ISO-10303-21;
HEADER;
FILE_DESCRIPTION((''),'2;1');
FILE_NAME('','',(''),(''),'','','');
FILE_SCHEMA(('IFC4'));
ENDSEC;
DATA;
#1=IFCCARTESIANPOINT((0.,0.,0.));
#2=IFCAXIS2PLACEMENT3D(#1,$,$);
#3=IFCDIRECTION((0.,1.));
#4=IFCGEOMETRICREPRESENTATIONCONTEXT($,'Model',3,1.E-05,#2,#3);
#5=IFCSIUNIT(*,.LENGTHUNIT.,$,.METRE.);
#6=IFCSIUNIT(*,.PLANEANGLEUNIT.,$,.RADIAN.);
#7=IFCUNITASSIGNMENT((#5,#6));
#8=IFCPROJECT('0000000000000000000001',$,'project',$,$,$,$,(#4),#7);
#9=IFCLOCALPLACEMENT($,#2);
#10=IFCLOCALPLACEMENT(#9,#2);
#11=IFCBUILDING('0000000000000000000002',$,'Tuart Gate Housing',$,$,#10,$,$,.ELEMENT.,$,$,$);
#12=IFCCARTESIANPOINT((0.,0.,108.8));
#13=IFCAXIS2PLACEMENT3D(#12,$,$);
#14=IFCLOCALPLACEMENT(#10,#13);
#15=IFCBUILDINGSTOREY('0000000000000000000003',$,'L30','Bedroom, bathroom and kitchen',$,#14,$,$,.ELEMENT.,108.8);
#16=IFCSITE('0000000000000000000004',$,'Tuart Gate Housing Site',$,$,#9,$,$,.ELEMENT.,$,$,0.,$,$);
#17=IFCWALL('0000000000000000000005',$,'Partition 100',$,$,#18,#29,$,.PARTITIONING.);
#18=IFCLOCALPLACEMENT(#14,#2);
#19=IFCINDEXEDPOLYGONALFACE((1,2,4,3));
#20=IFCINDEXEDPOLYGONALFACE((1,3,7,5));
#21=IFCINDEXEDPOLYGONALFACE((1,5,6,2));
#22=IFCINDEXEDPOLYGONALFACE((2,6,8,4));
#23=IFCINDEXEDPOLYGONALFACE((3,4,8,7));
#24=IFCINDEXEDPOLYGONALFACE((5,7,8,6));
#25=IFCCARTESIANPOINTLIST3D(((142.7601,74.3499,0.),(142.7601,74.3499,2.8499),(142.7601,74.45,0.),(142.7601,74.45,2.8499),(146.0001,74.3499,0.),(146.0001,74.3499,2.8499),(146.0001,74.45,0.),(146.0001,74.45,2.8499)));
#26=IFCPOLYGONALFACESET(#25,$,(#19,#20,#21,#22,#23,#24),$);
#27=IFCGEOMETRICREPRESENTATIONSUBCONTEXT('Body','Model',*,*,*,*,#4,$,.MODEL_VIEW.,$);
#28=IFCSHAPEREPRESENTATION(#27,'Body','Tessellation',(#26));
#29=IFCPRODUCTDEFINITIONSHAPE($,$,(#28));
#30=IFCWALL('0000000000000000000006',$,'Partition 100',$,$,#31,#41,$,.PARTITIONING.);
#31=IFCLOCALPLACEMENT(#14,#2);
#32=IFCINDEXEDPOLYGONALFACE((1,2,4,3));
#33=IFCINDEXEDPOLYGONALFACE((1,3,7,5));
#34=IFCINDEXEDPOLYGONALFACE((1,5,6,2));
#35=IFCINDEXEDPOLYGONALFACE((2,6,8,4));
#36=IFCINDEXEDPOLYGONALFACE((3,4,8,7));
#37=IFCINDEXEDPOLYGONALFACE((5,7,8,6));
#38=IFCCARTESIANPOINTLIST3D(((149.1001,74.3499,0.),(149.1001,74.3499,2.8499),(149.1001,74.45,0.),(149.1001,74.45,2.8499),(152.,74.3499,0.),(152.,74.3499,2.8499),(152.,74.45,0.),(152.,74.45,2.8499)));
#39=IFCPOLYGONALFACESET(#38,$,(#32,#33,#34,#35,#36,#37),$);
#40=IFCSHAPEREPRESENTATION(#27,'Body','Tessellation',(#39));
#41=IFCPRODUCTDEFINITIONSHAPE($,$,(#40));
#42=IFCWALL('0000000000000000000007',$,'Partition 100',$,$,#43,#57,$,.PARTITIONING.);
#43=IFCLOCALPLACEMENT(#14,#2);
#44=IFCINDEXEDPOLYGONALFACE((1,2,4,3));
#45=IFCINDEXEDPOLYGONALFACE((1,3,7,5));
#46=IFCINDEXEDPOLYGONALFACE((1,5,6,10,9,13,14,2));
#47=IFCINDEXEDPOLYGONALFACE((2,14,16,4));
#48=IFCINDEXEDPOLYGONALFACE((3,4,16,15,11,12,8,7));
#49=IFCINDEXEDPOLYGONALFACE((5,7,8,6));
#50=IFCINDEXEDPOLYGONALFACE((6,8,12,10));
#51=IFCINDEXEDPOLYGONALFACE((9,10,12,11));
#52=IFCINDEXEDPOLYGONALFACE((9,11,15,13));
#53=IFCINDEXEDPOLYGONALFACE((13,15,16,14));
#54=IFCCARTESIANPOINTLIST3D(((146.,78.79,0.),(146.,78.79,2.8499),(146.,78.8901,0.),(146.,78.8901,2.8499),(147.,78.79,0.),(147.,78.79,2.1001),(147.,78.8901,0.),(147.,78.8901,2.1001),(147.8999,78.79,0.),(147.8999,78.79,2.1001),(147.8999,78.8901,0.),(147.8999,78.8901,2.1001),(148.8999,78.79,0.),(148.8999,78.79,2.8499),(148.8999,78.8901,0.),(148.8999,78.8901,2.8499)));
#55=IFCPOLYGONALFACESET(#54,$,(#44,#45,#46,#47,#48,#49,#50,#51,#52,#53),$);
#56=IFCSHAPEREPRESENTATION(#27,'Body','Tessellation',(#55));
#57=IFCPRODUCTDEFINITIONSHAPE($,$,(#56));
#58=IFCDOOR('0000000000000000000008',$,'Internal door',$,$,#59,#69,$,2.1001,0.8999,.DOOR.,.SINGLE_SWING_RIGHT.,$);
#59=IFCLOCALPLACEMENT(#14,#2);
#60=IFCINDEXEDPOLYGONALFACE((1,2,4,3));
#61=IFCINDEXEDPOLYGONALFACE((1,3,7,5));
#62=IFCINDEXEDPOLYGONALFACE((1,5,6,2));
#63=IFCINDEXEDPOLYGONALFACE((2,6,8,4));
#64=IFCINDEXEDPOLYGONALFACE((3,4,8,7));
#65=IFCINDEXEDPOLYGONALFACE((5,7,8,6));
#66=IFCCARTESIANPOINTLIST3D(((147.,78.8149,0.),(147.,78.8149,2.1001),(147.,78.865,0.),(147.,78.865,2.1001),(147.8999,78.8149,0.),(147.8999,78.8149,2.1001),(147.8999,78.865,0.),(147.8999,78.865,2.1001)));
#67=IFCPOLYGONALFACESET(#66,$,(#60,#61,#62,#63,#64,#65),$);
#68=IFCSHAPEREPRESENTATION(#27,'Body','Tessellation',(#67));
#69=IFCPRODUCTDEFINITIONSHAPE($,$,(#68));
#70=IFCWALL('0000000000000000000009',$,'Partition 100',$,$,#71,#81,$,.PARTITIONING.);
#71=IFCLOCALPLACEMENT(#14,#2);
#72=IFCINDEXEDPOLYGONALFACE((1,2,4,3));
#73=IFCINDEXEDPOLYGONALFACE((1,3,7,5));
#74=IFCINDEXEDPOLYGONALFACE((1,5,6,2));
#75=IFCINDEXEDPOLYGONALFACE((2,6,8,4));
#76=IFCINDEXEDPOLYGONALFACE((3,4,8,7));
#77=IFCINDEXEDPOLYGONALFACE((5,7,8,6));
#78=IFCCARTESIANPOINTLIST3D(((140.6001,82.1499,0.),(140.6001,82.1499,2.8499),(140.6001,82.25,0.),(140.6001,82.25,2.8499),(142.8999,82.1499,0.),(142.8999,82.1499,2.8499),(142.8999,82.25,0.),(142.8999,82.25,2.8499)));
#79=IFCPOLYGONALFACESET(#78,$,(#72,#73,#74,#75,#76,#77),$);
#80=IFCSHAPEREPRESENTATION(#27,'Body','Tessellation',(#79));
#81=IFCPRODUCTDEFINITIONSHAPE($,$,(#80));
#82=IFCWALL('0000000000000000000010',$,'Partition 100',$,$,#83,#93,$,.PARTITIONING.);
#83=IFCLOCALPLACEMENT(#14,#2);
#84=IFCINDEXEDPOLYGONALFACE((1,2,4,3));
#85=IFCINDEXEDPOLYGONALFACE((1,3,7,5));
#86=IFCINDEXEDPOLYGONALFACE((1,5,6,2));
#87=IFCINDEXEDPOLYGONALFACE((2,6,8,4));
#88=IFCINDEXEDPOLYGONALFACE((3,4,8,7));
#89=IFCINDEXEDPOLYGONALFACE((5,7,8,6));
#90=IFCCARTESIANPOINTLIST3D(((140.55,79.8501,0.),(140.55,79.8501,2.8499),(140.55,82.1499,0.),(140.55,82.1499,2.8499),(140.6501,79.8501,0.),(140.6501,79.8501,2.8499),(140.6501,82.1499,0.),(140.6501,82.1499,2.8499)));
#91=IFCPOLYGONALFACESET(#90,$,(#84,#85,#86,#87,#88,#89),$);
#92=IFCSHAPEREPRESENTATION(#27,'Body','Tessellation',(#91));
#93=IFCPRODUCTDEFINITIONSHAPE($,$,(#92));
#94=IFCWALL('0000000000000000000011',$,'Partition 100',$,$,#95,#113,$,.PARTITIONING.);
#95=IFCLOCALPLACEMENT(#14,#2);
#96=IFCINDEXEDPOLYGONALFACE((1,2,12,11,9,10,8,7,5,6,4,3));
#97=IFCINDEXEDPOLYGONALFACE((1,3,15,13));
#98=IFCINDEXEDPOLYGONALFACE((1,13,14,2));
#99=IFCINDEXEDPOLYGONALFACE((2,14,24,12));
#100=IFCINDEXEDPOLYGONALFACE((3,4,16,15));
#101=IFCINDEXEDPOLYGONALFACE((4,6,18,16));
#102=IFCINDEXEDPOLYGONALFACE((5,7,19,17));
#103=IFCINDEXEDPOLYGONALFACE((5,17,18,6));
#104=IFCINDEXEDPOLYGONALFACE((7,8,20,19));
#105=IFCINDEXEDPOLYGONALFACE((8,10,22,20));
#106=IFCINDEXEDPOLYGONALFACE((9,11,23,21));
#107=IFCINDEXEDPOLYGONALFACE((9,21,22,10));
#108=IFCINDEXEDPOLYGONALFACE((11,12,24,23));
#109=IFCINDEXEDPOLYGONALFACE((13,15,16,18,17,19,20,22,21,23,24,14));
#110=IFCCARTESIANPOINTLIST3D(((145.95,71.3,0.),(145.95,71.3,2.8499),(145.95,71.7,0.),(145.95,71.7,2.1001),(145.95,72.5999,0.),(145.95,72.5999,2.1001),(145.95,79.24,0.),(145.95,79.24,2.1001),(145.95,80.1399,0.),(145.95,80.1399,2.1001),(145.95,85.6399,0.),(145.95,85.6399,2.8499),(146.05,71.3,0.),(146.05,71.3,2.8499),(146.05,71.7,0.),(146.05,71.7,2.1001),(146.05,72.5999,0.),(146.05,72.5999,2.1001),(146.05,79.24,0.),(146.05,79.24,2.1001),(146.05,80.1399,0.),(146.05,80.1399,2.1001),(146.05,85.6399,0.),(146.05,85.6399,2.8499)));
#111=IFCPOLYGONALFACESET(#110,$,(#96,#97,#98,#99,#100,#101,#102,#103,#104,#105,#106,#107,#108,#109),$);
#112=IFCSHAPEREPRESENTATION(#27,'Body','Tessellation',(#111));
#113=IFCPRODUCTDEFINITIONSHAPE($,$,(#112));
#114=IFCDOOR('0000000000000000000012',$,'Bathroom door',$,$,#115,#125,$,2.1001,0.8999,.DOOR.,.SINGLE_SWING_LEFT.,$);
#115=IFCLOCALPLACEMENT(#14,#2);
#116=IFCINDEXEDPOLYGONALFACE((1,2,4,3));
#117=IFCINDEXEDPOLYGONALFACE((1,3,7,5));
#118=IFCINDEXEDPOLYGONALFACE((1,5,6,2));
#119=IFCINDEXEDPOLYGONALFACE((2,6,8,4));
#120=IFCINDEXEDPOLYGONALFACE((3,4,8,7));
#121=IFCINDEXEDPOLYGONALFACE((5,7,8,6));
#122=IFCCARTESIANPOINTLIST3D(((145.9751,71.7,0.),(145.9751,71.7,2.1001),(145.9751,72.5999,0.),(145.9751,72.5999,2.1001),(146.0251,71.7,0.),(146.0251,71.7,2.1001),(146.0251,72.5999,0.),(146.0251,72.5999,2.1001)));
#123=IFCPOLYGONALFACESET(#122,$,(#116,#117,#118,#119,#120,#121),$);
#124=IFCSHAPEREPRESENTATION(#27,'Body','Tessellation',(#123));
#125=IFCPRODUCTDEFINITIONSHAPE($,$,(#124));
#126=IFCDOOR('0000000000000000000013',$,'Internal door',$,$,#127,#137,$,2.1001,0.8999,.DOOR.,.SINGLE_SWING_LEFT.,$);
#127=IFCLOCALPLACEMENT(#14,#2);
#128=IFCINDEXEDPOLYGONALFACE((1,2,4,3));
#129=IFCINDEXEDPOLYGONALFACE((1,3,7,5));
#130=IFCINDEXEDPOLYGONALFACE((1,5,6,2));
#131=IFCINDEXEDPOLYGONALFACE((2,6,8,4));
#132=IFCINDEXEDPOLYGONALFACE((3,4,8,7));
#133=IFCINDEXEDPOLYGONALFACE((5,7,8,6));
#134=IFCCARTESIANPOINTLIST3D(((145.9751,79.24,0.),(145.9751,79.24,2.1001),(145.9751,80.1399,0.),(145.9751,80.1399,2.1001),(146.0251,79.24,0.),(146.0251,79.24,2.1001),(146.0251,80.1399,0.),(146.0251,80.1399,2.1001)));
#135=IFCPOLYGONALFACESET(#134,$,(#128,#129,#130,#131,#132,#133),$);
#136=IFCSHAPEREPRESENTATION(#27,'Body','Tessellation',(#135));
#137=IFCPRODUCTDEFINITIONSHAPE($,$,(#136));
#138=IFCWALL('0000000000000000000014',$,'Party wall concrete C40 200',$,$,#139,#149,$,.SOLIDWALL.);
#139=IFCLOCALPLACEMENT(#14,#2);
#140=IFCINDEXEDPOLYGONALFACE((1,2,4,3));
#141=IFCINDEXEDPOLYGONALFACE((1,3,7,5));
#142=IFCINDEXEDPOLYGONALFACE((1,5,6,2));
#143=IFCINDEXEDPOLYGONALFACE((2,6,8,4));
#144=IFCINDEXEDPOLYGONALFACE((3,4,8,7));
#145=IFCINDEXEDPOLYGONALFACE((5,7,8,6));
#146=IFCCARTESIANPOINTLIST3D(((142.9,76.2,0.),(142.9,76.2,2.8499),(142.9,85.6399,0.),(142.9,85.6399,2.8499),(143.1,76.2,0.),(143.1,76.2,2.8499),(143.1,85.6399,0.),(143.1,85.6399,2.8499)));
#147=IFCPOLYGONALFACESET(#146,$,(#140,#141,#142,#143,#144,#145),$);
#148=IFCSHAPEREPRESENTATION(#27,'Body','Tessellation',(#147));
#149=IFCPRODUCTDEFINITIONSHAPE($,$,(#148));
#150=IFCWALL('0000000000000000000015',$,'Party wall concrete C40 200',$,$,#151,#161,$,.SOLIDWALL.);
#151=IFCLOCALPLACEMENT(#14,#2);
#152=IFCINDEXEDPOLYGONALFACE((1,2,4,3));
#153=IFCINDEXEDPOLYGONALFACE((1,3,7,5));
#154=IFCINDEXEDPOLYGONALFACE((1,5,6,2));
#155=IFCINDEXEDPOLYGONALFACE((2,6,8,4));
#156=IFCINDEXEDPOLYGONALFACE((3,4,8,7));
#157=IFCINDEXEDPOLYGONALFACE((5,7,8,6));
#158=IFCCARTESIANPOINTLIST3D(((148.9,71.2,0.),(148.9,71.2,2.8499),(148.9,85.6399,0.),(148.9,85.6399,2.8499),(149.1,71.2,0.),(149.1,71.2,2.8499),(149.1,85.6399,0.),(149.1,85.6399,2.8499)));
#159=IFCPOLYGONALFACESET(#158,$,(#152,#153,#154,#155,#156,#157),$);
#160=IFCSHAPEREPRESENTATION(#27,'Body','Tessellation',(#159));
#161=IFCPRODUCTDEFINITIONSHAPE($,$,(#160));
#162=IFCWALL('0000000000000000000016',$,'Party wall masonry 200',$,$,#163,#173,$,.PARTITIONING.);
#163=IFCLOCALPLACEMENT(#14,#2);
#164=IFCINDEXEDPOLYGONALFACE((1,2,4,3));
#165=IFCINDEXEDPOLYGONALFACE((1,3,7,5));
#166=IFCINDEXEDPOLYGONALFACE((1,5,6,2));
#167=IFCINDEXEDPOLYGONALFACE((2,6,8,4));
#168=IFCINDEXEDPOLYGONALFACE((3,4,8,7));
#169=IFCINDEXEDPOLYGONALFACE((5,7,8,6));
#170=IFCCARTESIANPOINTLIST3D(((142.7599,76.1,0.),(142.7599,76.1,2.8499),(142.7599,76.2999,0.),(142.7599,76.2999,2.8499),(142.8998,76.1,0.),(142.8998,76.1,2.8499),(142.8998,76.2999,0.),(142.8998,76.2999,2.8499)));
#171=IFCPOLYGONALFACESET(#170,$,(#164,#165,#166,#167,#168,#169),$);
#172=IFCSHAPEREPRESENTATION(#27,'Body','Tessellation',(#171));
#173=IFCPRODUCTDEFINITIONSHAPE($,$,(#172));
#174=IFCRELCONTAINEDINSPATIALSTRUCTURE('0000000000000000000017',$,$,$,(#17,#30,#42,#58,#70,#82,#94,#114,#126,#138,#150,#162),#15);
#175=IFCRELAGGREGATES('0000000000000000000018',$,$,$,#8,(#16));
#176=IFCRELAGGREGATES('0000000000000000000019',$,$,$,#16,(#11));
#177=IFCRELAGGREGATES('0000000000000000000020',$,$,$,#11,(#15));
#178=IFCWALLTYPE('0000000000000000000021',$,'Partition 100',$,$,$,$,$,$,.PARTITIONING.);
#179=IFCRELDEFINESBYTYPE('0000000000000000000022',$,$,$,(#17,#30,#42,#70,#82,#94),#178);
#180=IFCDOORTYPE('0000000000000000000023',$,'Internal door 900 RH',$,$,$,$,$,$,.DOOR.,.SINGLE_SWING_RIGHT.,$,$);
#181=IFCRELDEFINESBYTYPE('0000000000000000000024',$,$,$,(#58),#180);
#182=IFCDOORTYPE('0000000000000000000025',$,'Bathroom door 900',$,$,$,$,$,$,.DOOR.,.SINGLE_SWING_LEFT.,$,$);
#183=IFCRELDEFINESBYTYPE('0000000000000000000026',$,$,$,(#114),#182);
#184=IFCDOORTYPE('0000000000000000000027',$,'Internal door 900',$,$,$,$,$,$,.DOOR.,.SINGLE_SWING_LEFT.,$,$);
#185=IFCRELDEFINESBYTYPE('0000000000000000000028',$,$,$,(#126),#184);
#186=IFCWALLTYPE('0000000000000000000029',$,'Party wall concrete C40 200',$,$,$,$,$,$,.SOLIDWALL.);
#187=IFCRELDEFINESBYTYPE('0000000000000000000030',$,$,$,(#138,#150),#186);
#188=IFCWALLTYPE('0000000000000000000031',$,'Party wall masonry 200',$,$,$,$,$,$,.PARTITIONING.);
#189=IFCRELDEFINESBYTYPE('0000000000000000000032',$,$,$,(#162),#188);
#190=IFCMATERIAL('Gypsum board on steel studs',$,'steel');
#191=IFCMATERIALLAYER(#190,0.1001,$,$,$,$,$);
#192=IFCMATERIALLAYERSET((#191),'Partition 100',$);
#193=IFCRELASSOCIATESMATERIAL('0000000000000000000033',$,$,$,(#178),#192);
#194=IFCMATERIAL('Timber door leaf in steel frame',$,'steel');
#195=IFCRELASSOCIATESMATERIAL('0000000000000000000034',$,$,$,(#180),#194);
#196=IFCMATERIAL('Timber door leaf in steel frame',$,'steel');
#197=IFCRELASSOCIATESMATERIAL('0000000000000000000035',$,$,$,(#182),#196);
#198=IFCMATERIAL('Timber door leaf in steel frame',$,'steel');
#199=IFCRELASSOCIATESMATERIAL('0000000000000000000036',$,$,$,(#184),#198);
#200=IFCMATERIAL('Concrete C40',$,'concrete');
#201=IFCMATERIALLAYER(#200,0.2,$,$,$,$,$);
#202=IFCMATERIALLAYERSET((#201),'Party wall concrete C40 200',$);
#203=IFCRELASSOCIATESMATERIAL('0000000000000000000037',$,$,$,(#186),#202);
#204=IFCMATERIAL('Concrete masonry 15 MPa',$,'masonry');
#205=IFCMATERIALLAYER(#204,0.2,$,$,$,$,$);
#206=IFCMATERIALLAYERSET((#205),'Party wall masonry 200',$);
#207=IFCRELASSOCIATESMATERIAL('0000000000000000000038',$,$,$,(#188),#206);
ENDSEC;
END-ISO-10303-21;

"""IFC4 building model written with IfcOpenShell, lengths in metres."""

from ifc_helpers import new_model, si_unit, direction, frame, frame_2d, origin, place, context, subcontext, project, spatial, rectangle, extrude, material, layer, layer_set, type_object, element, fill, save


model = new_model("IFC4")

# Units and contexts
model_context = context("Model", 3, precision=1e-05, world=origin(), true_north=direction((0.0, 1.0)))
body_context = subcontext(model_context, "Body", "Model", "MODEL_VIEW")
ifc_project = project(units=[si_unit("LENGTHUNIT", "METRE"), si_unit("PLANEANGLEUNIT", "RADIAN")], contexts=[model_context])

# Site, building, storey
site_placement = place(None, origin())
site = spatial("IfcSite", under=ifc_project, at=site_placement, Name="Tuart Gate Housing Site", CompositionType="ELEMENT", RefElevation=0.0)
building_placement = place(site_placement, origin())
building = spatial("IfcBuilding", under=site, at=building_placement, Name="Tuart Gate Housing", CompositionType="ELEMENT")
storey_placement = place(building_placement, frame((0.0, 0.0, 108.8)))
storey = spatial("IfcBuildingStorey", under=building, at=storey_placement, Name="L30", Description="Bedroom, bathroom and kitchen", CompositionType="ELEMENT", Elevation=108.8)

# Walls
ifc_material_1 = material(Name="Gypsum board on steel studs", Category="steel")
ifc_layer_1 = layer(ifc_material_1, 0.1001)
ifc_layer_set_1 = layer_set([ifc_layer_1], Name="Partition 100")
wall_type_1 = type_object("IfcWallType", Name="Partition 100", PredefinedType="PARTITIONING", material=ifc_layer_set_1)
wall_1_placement = place(storey_placement, frame((142.76, 74.3999, 0.0), z_axis=(0.0, 0.0, 1.0), x_axis=(1.0, 0.0, 0.0)))
element("IfcWall", 1, at=wall_1_placement, inside=storey, type_object=wall_type_1, Name="Partition 100", PredefinedType="PARTITIONING", context=body_context, shape_type="SweptSolid", body=[
    extrude(rectangle(XDim=3.24, YDim=0.1001, at=frame_2d((1.6201, 0.0))), origin(), (0.0, 0.0, 1.0), 2.8499),
])
wall_2_placement = place(storey_placement, frame((149.1001, 74.3999, 0.0), z_axis=(0.0, 0.0, 1.0), x_axis=(1.0, 0.0, 0.0)))
element("IfcWall", 2, at=wall_2_placement, inside=storey, type_object=wall_type_1, Name="Partition 100", PredefinedType="PARTITIONING", context=body_context, shape_type="SweptSolid", body=[
    extrude(rectangle(XDim=2.8999, YDim=0.1001, at=frame_2d((1.45, 0.0))), origin(), (0.0, 0.0, 1.0), 2.8499),
])

# Wall, opening, door
wall_3_placement = place(storey_placement, frame((146.0, 78.8401, 0.0), z_axis=(0.0, 0.0, 1.0), x_axis=(1.0, 0.0, 0.0)))
wall_3 = element("IfcWall", 3, at=wall_3_placement, inside=storey, type_object=wall_type_1, Name="Partition 100", PredefinedType="PARTITIONING", context=body_context, shape_type="SweptSolid", body=[
    extrude(rectangle(XDim=2.8999, YDim=0.1001, at=frame_2d((1.45, 0.0))), origin(), (0.0, 0.0, 1.0), 2.8499),
])
opening_1_placement = place(wall_3_placement, frame((1.0, 0.0, 0.0)))
opening_1 = element("IfcOpeningElement", 4, at=opening_1_placement, cuts=wall_3, PredefinedType="OPENING", context=body_context, shape_type="SweptSolid", body=[
    extrude(rectangle(XDim=0.8999, YDim=2.1001, at=frame_2d((0.45, 1.05))), frame((0.0, 0.0601, 0.0), z_axis=(0.0, -1.0, 0.0), x_axis=(1.0, 0.0, 0.0)), (0.0, 0.0, 1.0), 0.1201),
])
ifc_material_2 = material(Name="Timber door leaf in steel frame", Category="steel")
door_type_1 = type_object("IfcDoorType", Name="Internal door 900 RH", OperationType="SINGLE_SWING_RIGHT", PredefinedType="DOOR", material=ifc_material_2)
door_1_placement = place(opening_1_placement, frame((0.8999, 0.0, 0.0), z_axis=(0.0, 0.0, 1.0), x_axis=(-1.0, 0.0, 0.0)))
door_1 = element("IfcDoor", 5, at=door_1_placement, inside=storey, type_object=door_type_1, Name="Internal door", OperationType="SINGLE_SWING_RIGHT", OverallHeight=2.1001, OverallWidth=0.8999, PredefinedType="DOOR", context=body_context, shape_type="SweptSolid", body=[
    extrude(rectangle(XDim=0.8999, YDim=2.1001, at=frame_2d((0.45, 1.05))), frame((0.0, 0.0251, 0.0), z_axis=(0.0, -1.0, 0.0), x_axis=(1.0, 0.0, 0.0)), (0.0, 0.0, 1.0), 0.05),
])
fill(opening_1, door_1)

# Walls
for number, where, z_axis, x_axis, name in (
    (6, (140.6001, 82.2, 0.0), (0.0, 0.0, 1.0), (1.0, 0.0, 0.0), "Partition 100"),
    (7, (140.6001, 79.8501, 0.0), (0.0, 0.0, 1.0), (0.0, 1.0, 0.0), "Partition 100"),
):
    element("IfcWall", number, at=place(storey_placement, frame(where, z_axis=z_axis, x_axis=x_axis)), inside=storey, type_object=wall_type_1, Name=name, PredefinedType="PARTITIONING", context=body_context, shape_type="SweptSolid", body=[
        extrude(rectangle(XDim=2.2998, YDim=0.1001, at=frame_2d((1.1499, 0.0))), origin(), (0.0, 0.0, 1.0), 2.8499),
    ])

# Wall, openings, doors
wall_4_placement = place(storey_placement, frame((146.0, 71.3, 0.0), z_axis=(0.0, 0.0, 1.0), x_axis=(0.0, 1.0, 0.0)))
wall_4 = element("IfcWall", 8, at=wall_4_placement, inside=storey, type_object=wall_type_1, Name="Partition 100", PredefinedType="PARTITIONING", context=body_context, shape_type="SweptSolid", body=[
    extrude(rectangle(XDim=14.3398, YDim=0.1001, at=frame_2d((7.1699, 0.0))), origin(), (0.0, 0.0, 1.0), 2.8499),
])
opening_2_placement = place(wall_4_placement, frame((7.9399, 0.0, 0.0)))
opening_2 = element("IfcOpeningElement", 9, at=opening_2_placement, cuts=wall_4, PredefinedType="OPENING", context=body_context, shape_type="SweptSolid", body=[
    extrude(rectangle(XDim=0.8999, YDim=2.1001, at=frame_2d((0.45, 1.05))), frame((0.0, 0.0601, 0.0), z_axis=(0.0, -1.0, 0.0), x_axis=(1.0, 0.0, 0.0)), (0.0, 0.0, 1.0), 0.1201),
])
opening_3_placement = place(wall_4_placement, frame((0.3999, 0.0, 0.0)))
opening_3 = element("IfcOpeningElement", 10, at=opening_3_placement, cuts=wall_4, PredefinedType="OPENING", context=body_context, shape_type="SweptSolid", body=[
    extrude(rectangle(XDim=0.8999, YDim=2.1001, at=frame_2d((0.45, 1.05))), frame((0.0, 0.0601, 0.0), z_axis=(0.0, -1.0, 0.0), x_axis=(1.0, 0.0, 0.0)), (0.0, 0.0, 1.0), 0.1201),
])
ifc_material_3 = material(Name="Timber door leaf in steel frame", Category="steel")
door_type_2 = type_object("IfcDoorType", Name="Bathroom door 900", OperationType="SINGLE_SWING_LEFT", PredefinedType="DOOR", material=ifc_material_3)
door_2_placement = place(opening_3_placement, origin())
door_2 = element("IfcDoor", 11, at=door_2_placement, inside=storey, type_object=door_type_2, Name="Bathroom door", OperationType="SINGLE_SWING_LEFT", OverallHeight=2.1001, OverallWidth=0.8999, PredefinedType="DOOR", context=body_context, shape_type="SweptSolid", body=[
    extrude(rectangle(XDim=0.8999, YDim=2.1001, at=frame_2d((0.45, 1.05))), frame((0.0, 0.0249, 0.0), z_axis=(0.0, -1.0, 0.0), x_axis=(1.0, 0.0, 0.0)), (0.0, 0.0, 1.0), 0.05),
])
fill(opening_3, door_2)
ifc_material_4 = material(Name="Timber door leaf in steel frame", Category="steel")
door_type_3 = type_object("IfcDoorType", Name="Internal door 900", OperationType="SINGLE_SWING_LEFT", PredefinedType="DOOR", material=ifc_material_4)
door_3_placement = place(opening_2_placement, origin())
door_3 = element("IfcDoor", 12, at=door_3_placement, inside=storey, type_object=door_type_3, Name="Internal door", OperationType="SINGLE_SWING_LEFT", OverallHeight=2.1001, OverallWidth=0.8999, PredefinedType="DOOR", context=body_context, shape_type="SweptSolid", body=[
    extrude(rectangle(XDim=0.8999, YDim=2.1001, at=frame_2d((0.45, 1.05))), frame((0.0, 0.0249, 0.0), z_axis=(0.0, -1.0, 0.0), x_axis=(1.0, 0.0, 0.0)), (0.0, 0.0, 1.0), 0.05),
])
fill(opening_2, door_3)

# Walls
ifc_material_5 = material(Name="Concrete C40", Category="concrete")
ifc_layer_2 = layer(ifc_material_5, 0.2)
ifc_layer_set_2 = layer_set([ifc_layer_2], Name="Party wall concrete C40 200")
wall_type_2 = type_object("IfcWallType", Name="Party wall concrete C40 200", PredefinedType="SOLIDWALL", material=ifc_layer_set_2)
wall_5_placement = place(storey_placement, frame((143.0, 76.2, 0.0), z_axis=(0.0, 0.0, 1.0), x_axis=(0.0, 1.0, 0.0)))
element("IfcWall", 13, at=wall_5_placement, inside=storey, type_object=wall_type_2, Name="Party wall concrete C40 200", PredefinedType="SOLIDWALL", context=body_context, shape_type="SweptSolid", body=[
    extrude(rectangle(XDim=9.4399, YDim=0.2, at=frame_2d((4.72, 0.0))), origin(), (0.0, 0.0, 1.0), 2.8499),
])
wall_6_placement = place(storey_placement, frame((149.0, 71.2, 0.0), z_axis=(0.0, 0.0, 1.0), x_axis=(0.0, 1.0, 0.0)))
element("IfcWall", 14, at=wall_6_placement, inside=storey, type_object=wall_type_2, Name="Party wall concrete C40 200", PredefinedType="SOLIDWALL", context=body_context, shape_type="SweptSolid", body=[
    extrude(rectangle(XDim=14.4399, YDim=0.2, at=frame_2d((7.22, 0.0))), origin(), (0.0, 0.0, 1.0), 2.8499),
])
ifc_material_6 = material(Name="Concrete masonry 15 MPa", Category="masonry")
ifc_layer_3 = layer(ifc_material_6, 0.2)
ifc_layer_set_3 = layer_set([ifc_layer_3], Name="Party wall masonry 200")
wall_type_3 = type_object("IfcWallType", Name="Party wall masonry 200", PredefinedType="PARTITIONING", material=ifc_layer_set_3)
wall_7_placement = place(storey_placement, frame((142.76, 76.2, 0.0), z_axis=(0.0, 0.0, 1.0), x_axis=(1.0, 0.0, 0.0)))
element("IfcWall", 15, at=wall_7_placement, inside=storey, type_object=wall_type_3, Name="Party wall masonry 200", PredefinedType="PARTITIONING", context=body_context, shape_type="SweptSolid", body=[
    extrude(rectangle(XDim=0.1399, YDim=0.2, at=frame_2d((0.0698, 0.0))), origin(), (0.0, 0.0, 1.0), 2.8499),
])

save(model, "model.ifc")
